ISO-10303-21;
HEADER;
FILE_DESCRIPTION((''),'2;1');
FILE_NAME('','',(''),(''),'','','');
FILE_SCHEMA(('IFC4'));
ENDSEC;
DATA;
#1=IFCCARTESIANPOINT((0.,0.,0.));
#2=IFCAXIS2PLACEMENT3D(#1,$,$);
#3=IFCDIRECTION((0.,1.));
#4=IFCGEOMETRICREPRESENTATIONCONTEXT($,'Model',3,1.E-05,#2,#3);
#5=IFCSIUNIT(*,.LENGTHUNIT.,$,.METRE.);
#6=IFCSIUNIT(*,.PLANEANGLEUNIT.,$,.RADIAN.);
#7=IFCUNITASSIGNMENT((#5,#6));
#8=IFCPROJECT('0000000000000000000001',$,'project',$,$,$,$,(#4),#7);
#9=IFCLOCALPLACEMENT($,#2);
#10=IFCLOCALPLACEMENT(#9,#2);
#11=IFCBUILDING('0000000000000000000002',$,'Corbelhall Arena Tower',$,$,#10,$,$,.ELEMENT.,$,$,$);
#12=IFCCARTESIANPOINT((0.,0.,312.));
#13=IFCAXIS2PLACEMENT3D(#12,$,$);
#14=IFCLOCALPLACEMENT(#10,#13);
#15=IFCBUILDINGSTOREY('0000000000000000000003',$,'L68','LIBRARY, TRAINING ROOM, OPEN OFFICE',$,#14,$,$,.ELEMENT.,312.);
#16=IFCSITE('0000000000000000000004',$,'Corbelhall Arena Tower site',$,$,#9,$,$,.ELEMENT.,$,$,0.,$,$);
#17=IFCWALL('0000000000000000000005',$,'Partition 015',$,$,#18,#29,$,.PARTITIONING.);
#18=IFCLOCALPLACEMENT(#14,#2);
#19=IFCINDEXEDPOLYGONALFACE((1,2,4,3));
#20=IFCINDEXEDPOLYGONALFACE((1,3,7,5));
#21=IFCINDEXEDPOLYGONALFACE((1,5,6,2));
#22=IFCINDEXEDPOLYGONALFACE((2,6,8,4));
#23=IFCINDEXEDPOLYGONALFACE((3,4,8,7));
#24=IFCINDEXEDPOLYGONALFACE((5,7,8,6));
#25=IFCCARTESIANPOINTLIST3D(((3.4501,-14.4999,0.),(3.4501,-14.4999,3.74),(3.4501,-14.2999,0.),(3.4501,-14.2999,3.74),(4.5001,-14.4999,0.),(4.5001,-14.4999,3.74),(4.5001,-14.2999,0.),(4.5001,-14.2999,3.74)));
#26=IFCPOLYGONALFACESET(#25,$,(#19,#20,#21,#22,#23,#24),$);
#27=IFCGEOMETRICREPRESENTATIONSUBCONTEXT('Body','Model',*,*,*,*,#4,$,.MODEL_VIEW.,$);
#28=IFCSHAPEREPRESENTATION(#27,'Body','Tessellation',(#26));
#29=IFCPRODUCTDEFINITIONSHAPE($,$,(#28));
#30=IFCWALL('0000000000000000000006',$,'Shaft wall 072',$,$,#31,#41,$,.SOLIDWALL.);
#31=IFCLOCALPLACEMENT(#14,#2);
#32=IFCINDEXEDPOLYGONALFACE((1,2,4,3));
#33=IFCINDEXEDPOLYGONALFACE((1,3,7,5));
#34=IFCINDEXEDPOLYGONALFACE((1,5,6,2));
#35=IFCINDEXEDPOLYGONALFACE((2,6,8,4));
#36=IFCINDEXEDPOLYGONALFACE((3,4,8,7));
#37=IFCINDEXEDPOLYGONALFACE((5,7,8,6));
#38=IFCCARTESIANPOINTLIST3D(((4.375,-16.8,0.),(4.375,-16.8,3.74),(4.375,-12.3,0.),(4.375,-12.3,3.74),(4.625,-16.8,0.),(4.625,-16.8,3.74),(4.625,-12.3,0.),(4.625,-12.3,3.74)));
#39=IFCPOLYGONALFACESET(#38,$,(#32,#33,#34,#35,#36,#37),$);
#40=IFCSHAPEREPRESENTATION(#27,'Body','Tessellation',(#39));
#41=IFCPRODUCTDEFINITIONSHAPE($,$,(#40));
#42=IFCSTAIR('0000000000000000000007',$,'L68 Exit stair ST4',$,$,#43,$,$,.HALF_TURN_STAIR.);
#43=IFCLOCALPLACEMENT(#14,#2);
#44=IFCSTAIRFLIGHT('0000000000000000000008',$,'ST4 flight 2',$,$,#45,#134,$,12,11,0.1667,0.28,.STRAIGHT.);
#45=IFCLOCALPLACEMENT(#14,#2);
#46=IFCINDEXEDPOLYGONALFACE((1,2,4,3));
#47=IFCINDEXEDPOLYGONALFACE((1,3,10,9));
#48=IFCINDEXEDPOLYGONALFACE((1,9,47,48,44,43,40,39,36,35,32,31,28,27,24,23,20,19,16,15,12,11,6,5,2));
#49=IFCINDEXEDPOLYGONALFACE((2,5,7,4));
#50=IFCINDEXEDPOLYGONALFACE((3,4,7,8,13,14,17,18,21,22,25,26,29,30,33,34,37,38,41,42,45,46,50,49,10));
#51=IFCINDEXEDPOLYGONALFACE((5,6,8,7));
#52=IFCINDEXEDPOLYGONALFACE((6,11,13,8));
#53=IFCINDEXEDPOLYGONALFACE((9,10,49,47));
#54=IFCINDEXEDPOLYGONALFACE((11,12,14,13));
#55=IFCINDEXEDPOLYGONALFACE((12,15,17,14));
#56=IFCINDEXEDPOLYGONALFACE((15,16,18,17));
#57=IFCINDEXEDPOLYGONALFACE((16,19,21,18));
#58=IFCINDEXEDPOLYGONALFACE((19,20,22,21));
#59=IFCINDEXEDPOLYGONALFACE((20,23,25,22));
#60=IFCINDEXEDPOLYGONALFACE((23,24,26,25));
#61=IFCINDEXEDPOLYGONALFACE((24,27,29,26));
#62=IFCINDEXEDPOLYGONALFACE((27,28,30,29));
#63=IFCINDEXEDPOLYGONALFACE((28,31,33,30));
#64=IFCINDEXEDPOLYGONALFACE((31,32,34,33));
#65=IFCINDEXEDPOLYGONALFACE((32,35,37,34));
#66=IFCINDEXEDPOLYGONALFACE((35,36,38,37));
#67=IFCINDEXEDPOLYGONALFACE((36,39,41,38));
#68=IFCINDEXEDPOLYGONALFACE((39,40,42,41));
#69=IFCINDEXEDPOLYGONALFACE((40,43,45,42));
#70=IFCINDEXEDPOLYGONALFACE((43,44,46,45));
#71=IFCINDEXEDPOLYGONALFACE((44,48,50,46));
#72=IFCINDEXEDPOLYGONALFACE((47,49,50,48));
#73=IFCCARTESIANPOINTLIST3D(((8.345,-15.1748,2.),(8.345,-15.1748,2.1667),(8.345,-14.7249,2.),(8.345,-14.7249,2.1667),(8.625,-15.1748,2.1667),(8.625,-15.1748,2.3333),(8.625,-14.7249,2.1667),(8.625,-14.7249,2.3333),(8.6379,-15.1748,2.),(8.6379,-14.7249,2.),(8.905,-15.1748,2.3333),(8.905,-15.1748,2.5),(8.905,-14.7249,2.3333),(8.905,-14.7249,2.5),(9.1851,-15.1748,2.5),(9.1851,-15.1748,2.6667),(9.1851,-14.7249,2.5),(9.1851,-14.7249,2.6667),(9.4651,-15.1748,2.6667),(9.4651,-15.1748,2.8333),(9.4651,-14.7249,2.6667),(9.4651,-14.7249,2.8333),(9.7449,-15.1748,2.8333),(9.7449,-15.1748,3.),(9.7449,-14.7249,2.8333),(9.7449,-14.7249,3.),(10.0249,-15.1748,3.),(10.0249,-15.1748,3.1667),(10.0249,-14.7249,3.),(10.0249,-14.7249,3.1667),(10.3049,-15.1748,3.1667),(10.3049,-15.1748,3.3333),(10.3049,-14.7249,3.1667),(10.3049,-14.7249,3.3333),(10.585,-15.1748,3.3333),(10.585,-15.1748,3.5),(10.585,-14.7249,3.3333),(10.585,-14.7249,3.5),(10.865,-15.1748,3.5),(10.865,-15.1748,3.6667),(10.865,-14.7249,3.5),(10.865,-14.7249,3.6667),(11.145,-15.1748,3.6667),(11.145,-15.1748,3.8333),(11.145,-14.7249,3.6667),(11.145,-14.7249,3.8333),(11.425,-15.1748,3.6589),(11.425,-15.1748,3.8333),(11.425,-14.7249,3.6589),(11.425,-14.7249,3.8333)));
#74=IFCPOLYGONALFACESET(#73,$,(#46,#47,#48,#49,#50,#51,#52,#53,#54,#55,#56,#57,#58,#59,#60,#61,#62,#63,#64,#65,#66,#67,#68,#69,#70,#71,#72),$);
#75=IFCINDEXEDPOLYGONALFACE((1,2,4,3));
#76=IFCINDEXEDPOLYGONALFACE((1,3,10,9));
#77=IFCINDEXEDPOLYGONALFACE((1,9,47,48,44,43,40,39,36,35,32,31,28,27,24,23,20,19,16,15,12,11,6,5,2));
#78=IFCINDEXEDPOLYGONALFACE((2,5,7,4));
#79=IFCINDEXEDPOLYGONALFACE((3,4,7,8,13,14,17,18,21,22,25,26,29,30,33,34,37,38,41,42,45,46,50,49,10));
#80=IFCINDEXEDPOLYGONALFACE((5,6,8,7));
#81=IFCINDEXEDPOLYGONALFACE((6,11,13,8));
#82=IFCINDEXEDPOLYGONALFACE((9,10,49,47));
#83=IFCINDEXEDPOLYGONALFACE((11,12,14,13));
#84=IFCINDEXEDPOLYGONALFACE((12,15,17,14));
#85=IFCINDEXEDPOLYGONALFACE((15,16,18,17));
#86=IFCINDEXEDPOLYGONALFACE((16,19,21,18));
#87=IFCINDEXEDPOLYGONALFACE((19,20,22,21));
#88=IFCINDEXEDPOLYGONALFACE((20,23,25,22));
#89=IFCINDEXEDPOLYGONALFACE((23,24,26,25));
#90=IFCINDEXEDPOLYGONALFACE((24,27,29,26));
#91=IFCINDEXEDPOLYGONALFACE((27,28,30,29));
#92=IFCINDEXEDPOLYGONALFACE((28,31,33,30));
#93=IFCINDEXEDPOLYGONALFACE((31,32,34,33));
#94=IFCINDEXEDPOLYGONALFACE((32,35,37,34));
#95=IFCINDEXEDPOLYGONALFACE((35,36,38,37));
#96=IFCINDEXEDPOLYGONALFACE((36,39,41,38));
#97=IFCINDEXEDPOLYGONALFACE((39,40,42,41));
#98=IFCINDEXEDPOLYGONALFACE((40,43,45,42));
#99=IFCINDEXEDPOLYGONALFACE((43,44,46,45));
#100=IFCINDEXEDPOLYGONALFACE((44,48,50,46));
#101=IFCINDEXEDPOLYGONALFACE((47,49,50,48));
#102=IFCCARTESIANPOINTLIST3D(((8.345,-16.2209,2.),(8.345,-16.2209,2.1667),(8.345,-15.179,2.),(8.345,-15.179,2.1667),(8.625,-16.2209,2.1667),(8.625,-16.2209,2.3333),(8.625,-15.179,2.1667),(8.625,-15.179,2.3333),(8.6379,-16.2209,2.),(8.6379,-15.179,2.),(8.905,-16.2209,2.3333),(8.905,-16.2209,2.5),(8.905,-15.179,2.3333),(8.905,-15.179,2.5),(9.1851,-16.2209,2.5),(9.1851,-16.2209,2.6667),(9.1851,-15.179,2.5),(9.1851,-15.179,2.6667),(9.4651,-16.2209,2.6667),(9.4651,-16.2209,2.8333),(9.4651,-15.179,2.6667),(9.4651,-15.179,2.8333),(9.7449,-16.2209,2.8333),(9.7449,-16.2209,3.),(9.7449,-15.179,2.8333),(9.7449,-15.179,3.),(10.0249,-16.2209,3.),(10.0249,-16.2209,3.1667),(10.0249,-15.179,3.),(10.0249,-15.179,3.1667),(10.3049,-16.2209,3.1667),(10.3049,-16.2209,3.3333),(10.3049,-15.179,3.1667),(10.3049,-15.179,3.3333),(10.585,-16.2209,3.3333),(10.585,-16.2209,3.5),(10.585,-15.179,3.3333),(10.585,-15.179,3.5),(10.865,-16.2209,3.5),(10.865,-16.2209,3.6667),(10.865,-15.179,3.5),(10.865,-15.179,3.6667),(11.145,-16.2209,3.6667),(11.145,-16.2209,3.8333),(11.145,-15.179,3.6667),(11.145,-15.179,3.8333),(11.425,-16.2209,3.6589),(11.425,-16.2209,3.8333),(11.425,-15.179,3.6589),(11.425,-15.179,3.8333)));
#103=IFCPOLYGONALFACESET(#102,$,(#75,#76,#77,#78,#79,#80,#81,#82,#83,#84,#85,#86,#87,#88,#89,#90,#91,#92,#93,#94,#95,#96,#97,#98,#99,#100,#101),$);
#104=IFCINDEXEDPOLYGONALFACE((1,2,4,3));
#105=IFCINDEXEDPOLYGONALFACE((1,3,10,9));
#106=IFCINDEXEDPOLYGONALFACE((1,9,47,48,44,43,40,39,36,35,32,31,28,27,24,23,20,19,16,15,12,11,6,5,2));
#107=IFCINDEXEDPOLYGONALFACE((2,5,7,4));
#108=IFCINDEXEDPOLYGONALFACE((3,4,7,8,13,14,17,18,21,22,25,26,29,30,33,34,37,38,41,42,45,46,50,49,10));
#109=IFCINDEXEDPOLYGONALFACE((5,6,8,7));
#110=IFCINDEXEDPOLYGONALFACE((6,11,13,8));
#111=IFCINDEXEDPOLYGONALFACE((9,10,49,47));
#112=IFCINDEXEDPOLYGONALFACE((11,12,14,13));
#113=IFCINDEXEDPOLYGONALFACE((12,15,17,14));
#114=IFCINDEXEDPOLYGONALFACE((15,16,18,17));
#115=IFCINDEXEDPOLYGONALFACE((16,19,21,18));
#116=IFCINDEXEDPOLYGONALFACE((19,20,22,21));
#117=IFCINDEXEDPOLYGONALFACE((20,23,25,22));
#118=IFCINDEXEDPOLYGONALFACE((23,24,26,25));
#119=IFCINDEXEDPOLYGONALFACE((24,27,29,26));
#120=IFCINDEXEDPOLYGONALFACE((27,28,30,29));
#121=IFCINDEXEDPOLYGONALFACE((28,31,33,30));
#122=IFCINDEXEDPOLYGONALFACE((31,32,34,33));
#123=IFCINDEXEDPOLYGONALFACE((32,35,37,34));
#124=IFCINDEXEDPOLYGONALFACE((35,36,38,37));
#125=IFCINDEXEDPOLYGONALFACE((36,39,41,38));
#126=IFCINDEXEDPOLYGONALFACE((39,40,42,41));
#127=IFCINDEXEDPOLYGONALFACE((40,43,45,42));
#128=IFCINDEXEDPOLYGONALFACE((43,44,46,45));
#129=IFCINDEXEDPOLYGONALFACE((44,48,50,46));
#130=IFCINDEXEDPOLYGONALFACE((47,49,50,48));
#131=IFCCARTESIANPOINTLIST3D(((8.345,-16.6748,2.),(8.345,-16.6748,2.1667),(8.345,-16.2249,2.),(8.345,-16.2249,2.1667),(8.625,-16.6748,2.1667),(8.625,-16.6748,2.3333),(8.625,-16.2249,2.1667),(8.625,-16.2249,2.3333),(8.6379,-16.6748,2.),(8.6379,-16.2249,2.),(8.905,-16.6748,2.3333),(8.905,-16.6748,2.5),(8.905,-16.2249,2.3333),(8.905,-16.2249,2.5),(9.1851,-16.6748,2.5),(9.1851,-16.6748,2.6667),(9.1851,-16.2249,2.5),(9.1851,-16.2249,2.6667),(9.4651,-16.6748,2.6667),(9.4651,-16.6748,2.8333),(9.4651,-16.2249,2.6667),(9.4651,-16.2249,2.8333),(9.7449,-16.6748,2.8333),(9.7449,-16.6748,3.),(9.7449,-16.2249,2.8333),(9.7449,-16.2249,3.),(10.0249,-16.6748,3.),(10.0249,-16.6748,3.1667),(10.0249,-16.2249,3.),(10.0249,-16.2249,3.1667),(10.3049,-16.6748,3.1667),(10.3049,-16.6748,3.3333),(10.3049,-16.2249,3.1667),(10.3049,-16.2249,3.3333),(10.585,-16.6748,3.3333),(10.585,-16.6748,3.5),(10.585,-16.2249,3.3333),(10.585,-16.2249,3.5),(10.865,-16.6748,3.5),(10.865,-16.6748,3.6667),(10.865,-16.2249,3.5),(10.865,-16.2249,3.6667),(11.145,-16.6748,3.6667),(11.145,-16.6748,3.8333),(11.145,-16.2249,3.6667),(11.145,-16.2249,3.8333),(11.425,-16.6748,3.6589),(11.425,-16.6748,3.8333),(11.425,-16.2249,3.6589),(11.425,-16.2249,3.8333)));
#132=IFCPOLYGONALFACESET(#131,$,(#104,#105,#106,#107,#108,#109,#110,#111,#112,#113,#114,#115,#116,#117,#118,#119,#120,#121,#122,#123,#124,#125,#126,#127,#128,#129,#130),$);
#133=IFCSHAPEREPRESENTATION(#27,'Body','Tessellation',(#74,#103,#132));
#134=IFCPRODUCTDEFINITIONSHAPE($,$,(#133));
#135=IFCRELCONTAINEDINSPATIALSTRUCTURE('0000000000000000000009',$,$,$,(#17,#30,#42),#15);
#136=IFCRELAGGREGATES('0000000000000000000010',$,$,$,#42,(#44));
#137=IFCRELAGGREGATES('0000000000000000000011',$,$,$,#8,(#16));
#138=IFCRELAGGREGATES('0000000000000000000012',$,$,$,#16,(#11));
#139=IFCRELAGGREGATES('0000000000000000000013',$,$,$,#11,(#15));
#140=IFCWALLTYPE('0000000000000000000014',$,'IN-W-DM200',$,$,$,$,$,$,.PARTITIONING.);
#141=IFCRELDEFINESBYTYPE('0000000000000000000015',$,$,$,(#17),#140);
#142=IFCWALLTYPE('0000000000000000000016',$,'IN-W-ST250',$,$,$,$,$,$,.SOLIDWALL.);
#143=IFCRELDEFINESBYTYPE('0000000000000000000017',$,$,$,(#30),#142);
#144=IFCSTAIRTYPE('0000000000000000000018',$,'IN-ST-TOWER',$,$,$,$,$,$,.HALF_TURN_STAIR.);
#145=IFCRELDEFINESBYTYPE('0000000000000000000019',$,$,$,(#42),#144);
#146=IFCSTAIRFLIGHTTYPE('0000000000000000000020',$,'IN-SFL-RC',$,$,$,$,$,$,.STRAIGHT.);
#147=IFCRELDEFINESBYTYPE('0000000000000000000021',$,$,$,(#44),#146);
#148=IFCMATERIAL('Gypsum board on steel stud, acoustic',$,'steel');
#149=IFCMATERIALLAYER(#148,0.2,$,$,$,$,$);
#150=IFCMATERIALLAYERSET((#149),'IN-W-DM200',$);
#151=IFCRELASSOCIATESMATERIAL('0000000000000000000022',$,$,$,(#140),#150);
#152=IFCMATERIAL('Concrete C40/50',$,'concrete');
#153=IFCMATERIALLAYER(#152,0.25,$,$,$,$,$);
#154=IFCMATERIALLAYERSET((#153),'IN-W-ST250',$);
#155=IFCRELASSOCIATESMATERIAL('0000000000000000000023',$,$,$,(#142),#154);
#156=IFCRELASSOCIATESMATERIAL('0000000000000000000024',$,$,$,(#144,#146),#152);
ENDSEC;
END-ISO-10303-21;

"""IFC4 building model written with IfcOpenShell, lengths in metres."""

from ifc_helpers import new_model, si_unit, direction, frame, frame_2d, origin, place, context, subcontext, project, spatial, polyline, rectangle, outline, extrude, material, layer, layer_set, type_object, element, aggregate, save


model = new_model("IFC4")

# Units and contexts
model_context = context("Model", 3, precision=1e-05, world=origin(), true_north=direction((0.0, 1.0)))
body_context = subcontext(model_context, "Body", "Model", "MODEL_VIEW")
ifc_project = project(units=[si_unit("LENGTHUNIT", "METRE"), si_unit("PLANEANGLEUNIT", "RADIAN")], contexts=[model_context])

# Site, building, storey
site_placement = place(None, origin())
site = spatial("IfcSite", under=ifc_project, at=site_placement, Name="Corbelhall Arena Tower site", CompositionType="ELEMENT", RefElevation=0.0)
building_placement = place(site_placement, origin())
building = spatial("IfcBuilding", under=site, at=building_placement, Name="Corbelhall Arena Tower", CompositionType="ELEMENT")
storey_placement = place(building_placement, frame((0.0, 0.0, 312.0)))
storey = spatial("IfcBuildingStorey", under=building, at=storey_placement, Name="L68", Description="LIBRARY, TRAINING ROOM, OPEN OFFICE", CompositionType="ELEMENT", Elevation=312.0)

# Walls
ifc_material_1 = material(Name="Gypsum board on steel stud, acoustic", Category="steel")
ifc_layer_1 = layer(ifc_material_1, 0.2)
ifc_layer_set_1 = layer_set([ifc_layer_1], Name="IN-W-DM200")
wall_type_1 = type_object("IfcWallType", Name="IN-W-DM200", PredefinedType="PARTITIONING", material=ifc_layer_set_1)
wall_1_placement = place(storey_placement, frame((4.5, -14.3999, 0.0), z_axis=(0.0, 0.0, 1.0), x_axis=(-1.0, 0.0, 0.0)))
element("IfcWall", 1, at=wall_1_placement, inside=storey, type_object=wall_type_1, Name="Partition 015", PredefinedType="PARTITIONING", context=body_context, shape_type="SweptSolid", body=[
    extrude(rectangle(XDim=1.05, YDim=0.2, at=frame_2d((0.5249, 0.0))), origin(), (0.0, 0.0, 1.0), 3.74),
])
ifc_material_2 = material(Name="Concrete C40/50", Category="concrete")
ifc_layer_2 = layer(ifc_material_2, 0.25)
ifc_layer_set_2 = layer_set([ifc_layer_2], Name="IN-W-ST250")
wall_type_2 = type_object("IfcWallType", Name="IN-W-ST250", PredefinedType="SOLIDWALL", material=ifc_layer_set_2)
wall_2_placement = place(storey_placement, frame((4.5, -16.8, 0.0), z_axis=(0.0, 0.0, 1.0), x_axis=(0.0, 1.0, 0.0)))
element("IfcWall", 2, at=wall_2_placement, inside=storey, type_object=wall_type_2, Name="Shaft wall 072", PredefinedType="SOLIDWALL", context=body_context, shape_type="SweptSolid", body=[
    extrude(rectangle(XDim=4.5, YDim=0.25, at=frame_2d((2.25, 0.0))), origin(), (0.0, 0.0, 1.0), 3.74),
])

# Stair, stair flight
stair_type = type_object("IfcStairType", Name="IN-ST-TOWER", PredefinedType="HALF_TURN_STAIR", material=ifc_material_2)
stair_placement = place(storey_placement, origin())
stair = element("IfcStair", 3, at=stair_placement, inside=storey, type_object=stair_type, Name="L68 Exit stair ST4", PredefinedType="HALF_TURN_STAIR")
stair_flight_type = type_object("IfcStairFlightType", Name="IN-SFL-RC", PredefinedType="STRAIGHT", material=ifc_material_2)
stair_flight_placement = place(storey_placement, frame((8.345, -15.7, 2.0), z_axis=(0.0, 0.0, 1.0), x_axis=(1.0, 0.0, 0.0)))
stair_flight = element("IfcStairFlight", 4, at=stair_flight_placement, type_object=stair_flight_type, Name="ST4 flight 2", NumberOfRisers=12, NumberOfTreads=11, PredefinedType="STRAIGHT", RiserHeight=0.1667, TreadLength=0.28, context=body_context, shape_type="SweptSolid", body=[
    extrude(outline(polyline([(0.0, 0.0), (0.0, 0.1667), (0.28, 0.1667), (0.28, 0.3333), (0.5601, 0.3333), (0.5601, 0.5), (0.8401, 0.5), (0.8401, 0.6667), (1.1201, 0.6667), (1.1201, 0.8333), (1.3999, 0.8333), (1.3999, 1.0), (1.6799, 1.0), (1.6799, 1.1667), (1.96, 1.1667), (1.96, 1.3333), (2.24, 1.3333), (2.24, 1.5), (2.52, 1.5), (2.52, 1.6667), (2.8, 1.6667), (2.8, 1.8333), (3.0801, 1.8333), (3.0801, 2.0), (3.0801, 1.6589), (0.293, 0.0), (0.0, 0.0)])), frame((0.0, 0.9751, 0.0), z_axis=(0.0, -1.0, 0.0), x_axis=(1.0, 0.0, 0.0)), (0.0, 0.0, 1.0), 0.45),
    extrude(outline(polyline([(0.0, 0.0), (0.0, 0.1667), (0.28, 0.1667), (0.28, 0.3333), (0.5601, 0.3333), (0.5601, 0.5), (0.8401, 0.5), (0.8401, 0.6667), (1.1201, 0.6667), (1.1201, 0.8333), (1.3999, 0.8333), (1.3999, 1.0), (1.6799, 1.0), (1.6799, 1.1667), (1.96, 1.1667), (1.96, 1.3333), (2.24, 1.3333), (2.24, 1.5), (2.52, 1.5), (2.52, 1.6667), (2.8, 1.6667), (2.8, 1.8333), (3.0801, 1.8333), (3.0801, 2.0), (3.0801, 1.6589), (0.293, 0.0), (0.0, 0.0)])), frame((0.0, 0.521, 0.0), z_axis=(0.0, -1.0, 0.0), x_axis=(1.0, 0.0, 0.0)), (0.0, 0.0, 1.0), 1.042),
    extrude(outline(polyline([(0.0, 0.0), (0.0, 0.1667), (0.28, 0.1667), (0.28, 0.3333), (0.5601, 0.3333), (0.5601, 0.5), (0.8401, 0.5), (0.8401, 0.6667), (1.1201, 0.6667), (1.1201, 0.8333), (1.3999, 0.8333), (1.3999, 1.0), (1.6799, 1.0), (1.6799, 1.1667), (1.96, 1.1667), (1.96, 1.3333), (2.24, 1.3333), (2.24, 1.5), (2.52, 1.5), (2.52, 1.6667), (2.8, 1.6667), (2.8, 1.8333), (3.0801, 1.8333), (3.0801, 2.0), (3.0801, 1.6589), (0.293, 0.0), (0.0, 0.0)])), frame((0.0, -0.5249, 0.0), z_axis=(0.0, -1.0, 0.0), x_axis=(1.0, 0.0, 0.0)), (0.0, 0.0, 1.0), 0.45),
])
aggregate(stair, [stair_flight])

save(model, "model.ifc")
